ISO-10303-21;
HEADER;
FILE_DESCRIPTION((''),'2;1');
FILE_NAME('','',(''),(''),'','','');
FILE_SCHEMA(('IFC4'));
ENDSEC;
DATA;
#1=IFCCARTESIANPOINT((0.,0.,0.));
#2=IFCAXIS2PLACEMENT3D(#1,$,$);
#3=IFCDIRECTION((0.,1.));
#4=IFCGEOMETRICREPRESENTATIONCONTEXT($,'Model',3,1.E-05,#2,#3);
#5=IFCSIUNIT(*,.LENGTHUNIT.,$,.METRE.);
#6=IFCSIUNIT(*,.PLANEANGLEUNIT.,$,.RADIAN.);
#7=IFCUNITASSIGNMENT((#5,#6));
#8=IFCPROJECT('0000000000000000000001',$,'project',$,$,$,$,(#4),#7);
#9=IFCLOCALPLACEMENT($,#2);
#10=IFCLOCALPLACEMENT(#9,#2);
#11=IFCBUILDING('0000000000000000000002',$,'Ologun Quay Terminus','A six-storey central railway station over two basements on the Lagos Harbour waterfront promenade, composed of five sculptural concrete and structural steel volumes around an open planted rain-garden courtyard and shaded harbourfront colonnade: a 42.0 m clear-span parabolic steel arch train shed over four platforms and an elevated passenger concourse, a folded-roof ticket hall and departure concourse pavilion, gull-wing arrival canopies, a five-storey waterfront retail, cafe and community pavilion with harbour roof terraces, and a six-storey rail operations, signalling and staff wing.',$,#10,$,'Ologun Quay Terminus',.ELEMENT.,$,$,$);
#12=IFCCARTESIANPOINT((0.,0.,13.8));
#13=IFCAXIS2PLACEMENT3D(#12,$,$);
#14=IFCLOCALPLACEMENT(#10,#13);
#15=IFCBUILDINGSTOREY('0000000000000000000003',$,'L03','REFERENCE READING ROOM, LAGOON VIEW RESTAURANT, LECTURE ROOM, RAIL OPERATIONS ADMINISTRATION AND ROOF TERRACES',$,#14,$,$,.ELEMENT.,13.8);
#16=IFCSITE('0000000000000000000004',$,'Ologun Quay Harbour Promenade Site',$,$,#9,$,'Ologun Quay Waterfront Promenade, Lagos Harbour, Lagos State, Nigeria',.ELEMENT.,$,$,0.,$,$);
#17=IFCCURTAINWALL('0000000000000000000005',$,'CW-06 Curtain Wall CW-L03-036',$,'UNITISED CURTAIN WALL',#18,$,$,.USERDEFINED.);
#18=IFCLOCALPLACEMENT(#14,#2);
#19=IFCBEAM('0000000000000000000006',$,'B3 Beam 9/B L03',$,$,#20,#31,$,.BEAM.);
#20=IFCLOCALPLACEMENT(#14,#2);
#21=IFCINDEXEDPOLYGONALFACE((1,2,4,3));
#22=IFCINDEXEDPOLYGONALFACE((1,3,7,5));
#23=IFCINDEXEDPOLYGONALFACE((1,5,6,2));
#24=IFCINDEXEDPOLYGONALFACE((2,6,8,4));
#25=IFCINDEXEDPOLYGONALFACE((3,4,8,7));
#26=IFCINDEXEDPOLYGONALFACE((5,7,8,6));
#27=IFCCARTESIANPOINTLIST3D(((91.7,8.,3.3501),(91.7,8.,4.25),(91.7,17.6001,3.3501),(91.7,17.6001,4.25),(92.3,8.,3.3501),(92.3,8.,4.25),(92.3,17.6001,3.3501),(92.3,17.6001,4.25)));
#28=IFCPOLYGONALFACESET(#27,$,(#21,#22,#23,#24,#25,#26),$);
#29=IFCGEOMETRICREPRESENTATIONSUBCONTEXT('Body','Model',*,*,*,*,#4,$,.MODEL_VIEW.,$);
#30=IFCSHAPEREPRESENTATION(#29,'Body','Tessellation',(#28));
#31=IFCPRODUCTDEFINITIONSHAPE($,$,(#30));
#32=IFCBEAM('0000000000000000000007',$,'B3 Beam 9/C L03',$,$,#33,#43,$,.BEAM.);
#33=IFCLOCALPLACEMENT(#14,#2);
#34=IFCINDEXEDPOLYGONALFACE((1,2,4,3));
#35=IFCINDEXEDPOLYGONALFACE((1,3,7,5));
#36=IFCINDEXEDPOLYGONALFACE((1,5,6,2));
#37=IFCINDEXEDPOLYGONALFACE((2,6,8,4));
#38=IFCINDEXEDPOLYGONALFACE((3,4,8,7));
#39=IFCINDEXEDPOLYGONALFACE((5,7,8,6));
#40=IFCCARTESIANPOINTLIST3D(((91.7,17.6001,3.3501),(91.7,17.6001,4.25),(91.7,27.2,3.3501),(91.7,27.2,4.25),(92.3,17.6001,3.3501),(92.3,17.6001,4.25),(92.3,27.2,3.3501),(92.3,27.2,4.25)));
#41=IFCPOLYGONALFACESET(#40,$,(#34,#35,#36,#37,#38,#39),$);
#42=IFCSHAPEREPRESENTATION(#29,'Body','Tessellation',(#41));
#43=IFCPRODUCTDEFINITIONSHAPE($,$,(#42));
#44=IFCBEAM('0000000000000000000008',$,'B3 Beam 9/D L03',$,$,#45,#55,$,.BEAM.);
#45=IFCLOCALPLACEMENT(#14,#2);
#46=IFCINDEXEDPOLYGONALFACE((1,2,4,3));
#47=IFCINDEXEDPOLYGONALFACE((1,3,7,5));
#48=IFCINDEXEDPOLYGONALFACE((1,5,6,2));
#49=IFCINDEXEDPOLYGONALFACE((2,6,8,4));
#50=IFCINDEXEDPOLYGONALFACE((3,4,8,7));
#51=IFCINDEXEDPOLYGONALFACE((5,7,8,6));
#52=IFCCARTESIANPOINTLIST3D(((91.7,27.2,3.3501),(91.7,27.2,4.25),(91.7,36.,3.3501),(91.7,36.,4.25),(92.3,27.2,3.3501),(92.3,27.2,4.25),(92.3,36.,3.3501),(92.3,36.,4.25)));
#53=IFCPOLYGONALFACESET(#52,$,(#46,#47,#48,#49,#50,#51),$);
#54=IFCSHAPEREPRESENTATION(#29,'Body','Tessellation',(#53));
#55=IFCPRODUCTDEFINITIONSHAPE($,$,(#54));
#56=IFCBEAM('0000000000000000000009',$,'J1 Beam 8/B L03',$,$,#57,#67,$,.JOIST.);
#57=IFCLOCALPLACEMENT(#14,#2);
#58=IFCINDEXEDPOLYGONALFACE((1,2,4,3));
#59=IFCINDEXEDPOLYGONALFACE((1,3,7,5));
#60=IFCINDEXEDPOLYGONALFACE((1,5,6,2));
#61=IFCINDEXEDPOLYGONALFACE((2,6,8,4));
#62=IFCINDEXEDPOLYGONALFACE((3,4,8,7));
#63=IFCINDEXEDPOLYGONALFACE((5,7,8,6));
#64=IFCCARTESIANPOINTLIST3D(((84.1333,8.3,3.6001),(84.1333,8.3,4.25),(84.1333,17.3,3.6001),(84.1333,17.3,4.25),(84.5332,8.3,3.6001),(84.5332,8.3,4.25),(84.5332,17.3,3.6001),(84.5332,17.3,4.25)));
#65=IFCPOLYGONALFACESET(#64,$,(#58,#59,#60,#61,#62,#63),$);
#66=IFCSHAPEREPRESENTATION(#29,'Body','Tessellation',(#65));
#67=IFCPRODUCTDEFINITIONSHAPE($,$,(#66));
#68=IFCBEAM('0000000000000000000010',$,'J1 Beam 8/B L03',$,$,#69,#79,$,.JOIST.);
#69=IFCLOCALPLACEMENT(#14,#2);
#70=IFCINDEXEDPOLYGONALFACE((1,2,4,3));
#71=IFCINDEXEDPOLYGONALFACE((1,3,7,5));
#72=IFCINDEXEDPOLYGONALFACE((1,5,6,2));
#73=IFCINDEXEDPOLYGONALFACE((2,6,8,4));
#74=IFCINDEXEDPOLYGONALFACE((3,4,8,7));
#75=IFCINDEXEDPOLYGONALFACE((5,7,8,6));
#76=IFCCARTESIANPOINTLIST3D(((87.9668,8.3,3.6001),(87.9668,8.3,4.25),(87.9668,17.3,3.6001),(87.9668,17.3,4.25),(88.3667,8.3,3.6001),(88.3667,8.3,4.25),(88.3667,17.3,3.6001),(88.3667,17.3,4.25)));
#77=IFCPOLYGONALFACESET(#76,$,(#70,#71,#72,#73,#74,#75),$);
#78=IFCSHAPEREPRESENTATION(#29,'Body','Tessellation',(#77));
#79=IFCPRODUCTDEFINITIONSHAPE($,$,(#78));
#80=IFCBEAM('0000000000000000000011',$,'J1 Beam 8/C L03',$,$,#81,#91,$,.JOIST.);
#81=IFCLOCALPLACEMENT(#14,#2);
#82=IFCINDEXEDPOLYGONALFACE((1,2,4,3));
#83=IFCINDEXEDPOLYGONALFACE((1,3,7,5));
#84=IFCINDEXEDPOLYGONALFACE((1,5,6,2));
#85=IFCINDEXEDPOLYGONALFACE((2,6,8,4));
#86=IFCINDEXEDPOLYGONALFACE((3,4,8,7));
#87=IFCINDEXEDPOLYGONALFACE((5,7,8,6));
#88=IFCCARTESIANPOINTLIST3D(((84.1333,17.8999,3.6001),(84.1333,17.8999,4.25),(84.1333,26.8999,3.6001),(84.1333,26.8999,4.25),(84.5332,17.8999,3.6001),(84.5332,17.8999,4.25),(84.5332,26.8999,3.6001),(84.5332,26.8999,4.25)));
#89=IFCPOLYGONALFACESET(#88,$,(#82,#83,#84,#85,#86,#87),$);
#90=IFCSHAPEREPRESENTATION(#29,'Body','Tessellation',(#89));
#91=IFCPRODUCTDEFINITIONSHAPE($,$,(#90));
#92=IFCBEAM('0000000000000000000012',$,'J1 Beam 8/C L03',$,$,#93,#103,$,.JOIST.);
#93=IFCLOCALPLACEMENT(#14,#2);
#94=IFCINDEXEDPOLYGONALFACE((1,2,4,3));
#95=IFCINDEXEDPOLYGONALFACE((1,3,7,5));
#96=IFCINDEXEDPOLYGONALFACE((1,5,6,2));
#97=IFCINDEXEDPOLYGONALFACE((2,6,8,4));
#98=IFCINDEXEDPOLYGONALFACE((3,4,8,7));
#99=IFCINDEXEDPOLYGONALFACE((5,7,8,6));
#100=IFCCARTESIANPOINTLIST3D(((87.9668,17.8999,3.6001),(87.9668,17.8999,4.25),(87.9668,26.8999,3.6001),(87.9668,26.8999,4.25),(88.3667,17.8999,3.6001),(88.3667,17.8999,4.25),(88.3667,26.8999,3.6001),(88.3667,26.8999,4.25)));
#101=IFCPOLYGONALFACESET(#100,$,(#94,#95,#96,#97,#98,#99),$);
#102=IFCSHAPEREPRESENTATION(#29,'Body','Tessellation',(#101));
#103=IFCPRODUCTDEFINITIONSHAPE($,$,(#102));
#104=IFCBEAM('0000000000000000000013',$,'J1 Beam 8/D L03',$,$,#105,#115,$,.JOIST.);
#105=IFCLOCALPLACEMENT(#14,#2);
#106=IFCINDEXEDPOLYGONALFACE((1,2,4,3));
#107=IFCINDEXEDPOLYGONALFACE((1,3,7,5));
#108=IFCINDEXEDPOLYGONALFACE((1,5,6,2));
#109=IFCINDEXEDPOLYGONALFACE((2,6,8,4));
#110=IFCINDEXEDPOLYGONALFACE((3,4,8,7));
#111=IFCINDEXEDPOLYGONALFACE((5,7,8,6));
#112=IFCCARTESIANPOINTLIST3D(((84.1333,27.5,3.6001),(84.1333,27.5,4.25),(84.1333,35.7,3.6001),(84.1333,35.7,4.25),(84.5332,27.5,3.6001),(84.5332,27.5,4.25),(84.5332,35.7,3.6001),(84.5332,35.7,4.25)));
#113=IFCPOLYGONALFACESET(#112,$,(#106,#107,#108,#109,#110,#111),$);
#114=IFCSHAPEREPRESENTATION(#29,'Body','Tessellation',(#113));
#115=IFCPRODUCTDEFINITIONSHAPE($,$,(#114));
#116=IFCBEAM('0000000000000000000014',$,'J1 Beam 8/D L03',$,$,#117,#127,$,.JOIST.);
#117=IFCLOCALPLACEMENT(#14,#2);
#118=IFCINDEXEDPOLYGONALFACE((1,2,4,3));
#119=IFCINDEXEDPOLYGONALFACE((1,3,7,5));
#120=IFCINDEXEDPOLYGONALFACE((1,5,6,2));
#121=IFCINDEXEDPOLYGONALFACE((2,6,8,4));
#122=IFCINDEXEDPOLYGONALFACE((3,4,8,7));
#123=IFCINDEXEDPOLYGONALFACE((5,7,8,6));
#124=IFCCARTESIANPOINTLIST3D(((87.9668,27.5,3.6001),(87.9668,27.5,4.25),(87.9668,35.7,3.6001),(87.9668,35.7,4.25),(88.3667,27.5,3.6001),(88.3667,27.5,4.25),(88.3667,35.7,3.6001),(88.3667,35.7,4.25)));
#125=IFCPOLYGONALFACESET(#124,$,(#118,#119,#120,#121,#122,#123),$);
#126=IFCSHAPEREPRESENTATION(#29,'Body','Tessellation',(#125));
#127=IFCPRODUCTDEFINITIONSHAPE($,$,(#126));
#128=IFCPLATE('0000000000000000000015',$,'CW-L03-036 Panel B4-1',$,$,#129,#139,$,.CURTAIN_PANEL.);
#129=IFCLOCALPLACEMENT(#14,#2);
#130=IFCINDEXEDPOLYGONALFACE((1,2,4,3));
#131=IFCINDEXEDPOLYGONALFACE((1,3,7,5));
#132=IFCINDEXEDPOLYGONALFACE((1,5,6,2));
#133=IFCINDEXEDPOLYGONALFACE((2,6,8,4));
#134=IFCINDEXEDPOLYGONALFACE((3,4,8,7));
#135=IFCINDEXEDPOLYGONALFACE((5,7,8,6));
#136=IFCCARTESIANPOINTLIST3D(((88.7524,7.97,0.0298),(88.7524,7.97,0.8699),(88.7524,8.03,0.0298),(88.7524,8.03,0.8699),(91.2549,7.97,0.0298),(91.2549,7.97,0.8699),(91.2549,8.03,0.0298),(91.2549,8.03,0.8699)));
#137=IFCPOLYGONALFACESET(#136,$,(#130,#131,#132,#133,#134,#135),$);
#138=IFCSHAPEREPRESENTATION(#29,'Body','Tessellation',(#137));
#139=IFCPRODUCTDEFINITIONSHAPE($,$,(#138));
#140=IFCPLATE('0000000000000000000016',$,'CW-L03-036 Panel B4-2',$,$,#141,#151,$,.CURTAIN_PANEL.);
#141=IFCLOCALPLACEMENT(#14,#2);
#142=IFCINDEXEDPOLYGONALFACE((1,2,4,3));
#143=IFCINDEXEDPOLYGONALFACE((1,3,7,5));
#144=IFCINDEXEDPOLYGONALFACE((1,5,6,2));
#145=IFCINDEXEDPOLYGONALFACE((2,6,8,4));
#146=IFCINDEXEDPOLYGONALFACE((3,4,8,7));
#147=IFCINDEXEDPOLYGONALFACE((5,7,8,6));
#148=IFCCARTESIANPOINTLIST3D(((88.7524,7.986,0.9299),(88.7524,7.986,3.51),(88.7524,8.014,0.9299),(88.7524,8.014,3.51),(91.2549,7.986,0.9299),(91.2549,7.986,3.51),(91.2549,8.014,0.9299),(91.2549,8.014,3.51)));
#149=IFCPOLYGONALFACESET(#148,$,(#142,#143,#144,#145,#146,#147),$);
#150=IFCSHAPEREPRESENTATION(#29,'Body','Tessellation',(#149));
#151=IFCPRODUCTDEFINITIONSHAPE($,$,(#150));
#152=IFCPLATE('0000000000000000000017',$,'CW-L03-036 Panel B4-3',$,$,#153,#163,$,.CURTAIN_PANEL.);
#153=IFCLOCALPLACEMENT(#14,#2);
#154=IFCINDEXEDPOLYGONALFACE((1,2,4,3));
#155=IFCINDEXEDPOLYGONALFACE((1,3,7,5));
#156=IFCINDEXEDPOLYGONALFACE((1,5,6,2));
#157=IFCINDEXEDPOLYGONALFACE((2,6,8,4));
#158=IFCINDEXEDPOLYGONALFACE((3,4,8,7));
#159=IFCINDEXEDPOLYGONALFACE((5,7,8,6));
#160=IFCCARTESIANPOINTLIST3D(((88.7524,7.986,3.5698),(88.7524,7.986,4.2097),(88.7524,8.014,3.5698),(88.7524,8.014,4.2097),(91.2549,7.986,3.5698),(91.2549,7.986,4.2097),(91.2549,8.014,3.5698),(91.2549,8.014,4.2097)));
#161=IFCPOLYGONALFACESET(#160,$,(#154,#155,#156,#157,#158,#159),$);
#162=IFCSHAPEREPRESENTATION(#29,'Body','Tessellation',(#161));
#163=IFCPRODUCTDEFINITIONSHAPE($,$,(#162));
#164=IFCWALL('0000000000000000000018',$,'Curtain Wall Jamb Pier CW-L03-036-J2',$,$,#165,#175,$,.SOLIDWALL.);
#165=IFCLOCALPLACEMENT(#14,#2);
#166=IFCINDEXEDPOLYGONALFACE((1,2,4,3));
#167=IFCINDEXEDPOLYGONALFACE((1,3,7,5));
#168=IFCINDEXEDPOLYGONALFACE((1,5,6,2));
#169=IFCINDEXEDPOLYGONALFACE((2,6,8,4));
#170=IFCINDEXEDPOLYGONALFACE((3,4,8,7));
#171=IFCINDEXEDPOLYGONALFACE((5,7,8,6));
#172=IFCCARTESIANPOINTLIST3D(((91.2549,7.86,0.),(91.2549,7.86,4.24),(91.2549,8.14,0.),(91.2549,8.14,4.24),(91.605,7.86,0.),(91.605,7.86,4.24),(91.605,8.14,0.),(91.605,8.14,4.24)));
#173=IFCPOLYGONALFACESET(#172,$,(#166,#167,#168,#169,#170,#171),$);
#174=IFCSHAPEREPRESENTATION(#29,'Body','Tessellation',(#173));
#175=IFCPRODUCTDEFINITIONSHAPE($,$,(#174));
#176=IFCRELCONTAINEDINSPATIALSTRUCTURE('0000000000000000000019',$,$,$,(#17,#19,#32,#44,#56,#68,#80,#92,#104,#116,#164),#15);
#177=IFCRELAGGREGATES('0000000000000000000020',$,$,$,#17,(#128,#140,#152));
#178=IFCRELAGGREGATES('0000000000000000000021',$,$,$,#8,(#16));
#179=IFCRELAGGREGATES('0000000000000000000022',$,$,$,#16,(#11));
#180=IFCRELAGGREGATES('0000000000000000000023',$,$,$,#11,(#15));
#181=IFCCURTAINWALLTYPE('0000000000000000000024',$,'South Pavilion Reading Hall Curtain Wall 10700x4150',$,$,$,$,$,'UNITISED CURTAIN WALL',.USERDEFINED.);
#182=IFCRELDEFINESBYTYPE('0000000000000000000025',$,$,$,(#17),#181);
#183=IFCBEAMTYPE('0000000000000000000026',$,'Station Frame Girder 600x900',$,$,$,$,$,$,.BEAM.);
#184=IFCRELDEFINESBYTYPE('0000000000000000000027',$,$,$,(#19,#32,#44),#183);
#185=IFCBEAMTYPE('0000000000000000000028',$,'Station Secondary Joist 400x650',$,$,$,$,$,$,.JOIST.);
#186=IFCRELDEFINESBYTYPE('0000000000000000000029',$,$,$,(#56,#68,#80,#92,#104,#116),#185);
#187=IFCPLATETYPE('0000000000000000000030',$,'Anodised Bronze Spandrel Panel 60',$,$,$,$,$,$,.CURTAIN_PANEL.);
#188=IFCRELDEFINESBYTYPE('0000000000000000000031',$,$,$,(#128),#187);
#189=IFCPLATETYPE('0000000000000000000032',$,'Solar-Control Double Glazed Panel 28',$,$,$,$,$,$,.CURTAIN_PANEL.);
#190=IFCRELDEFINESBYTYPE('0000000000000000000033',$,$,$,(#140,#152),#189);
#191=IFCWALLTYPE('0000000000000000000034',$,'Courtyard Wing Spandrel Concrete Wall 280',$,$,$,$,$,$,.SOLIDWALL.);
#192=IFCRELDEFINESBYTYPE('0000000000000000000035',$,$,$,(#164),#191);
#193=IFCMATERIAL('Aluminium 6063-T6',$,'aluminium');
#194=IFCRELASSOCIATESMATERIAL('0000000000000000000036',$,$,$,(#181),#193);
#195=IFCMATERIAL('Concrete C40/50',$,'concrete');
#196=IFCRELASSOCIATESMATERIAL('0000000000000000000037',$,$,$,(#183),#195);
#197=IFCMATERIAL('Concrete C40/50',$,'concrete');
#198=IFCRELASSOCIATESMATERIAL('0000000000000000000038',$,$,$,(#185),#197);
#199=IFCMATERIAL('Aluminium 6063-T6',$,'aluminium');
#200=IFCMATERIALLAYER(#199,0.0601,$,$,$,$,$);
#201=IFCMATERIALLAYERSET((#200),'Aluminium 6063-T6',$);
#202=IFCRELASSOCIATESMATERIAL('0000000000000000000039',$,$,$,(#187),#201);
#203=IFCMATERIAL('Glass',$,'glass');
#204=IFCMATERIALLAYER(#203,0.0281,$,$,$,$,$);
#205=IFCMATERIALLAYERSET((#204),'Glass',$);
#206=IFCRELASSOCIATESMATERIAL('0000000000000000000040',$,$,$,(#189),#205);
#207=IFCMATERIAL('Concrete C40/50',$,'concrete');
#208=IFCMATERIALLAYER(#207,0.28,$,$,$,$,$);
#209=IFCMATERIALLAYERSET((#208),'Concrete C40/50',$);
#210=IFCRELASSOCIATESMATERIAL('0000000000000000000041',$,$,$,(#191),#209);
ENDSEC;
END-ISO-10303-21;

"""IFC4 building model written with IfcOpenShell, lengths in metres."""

from ifc_helpers import new_model, si_unit, direction, frame, frame_2d, origin, origin_2d, place, context, subcontext, project, spatial, rectangle, extrude, material, layer, layer_set, material_profile, profile_set, type_object, element, aggregate, save


model = new_model("IFC4")

# Units and contexts
model_context = context("Model", 3, precision=1e-05, world=origin(), true_north=direction((0.0, 1.0)))
body_context = subcontext(model_context, "Body", "Model", "MODEL_VIEW")
ifc_project = project(units=[si_unit("LENGTHUNIT", "METRE"), si_unit("PLANEANGLEUNIT", "RADIAN")], contexts=[model_context])

# Site, building, storey
site_placement = place(None, origin())
site = spatial("IfcSite", under=ifc_project, at=site_placement, Name="Ologun Quay Harbour Promenade Site", LongName="Ologun Quay Waterfront Promenade, Lagos Harbour, Lagos State, Nigeria", CompositionType="ELEMENT", RefElevation=0.0)
building_placement = place(site_placement, origin())
building = spatial("IfcBuilding", under=site, at=building_placement, Name="Ologun Quay Terminus", Description="A six-storey central railway station over two basements on the Lagos Harbour waterfront promenade, composed of five sculptural concrete and structural steel volumes around an open planted rain-garden courtyard and shaded harbourfront colonnade: a 42.0 m clear-span parabolic steel arch train shed over four platforms and an elevated passenger concourse, a folded-roof ticket hall and departure concourse pavilion, gull-wing arrival canopies, a five-storey waterfront retail, cafe and community pavilion with harbour roof terraces, and a six-storey rail operations, signalling and staff wing.", LongName="Ologun Quay Terminus", CompositionType="ELEMENT")
storey_placement = place(building_placement, frame((0.0, 0.0, 13.8)))
storey = spatial("IfcBuildingStorey", under=building, at=storey_placement, Name="L03", Description="REFERENCE READING ROOM, LAGOON VIEW RESTAURANT, LECTURE ROOM, RAIL OPERATIONS ADMINISTRATION AND ROOF TERRACES", CompositionType="ELEMENT", Elevation=13.8)

# Curtain wall
ifc_material_1 = material(Name="Aluminium 6063-T6", Category="aluminium")
curtain_wall_type = type_object("IfcCurtainWallType", Name="South Pavilion Reading Hall Curtain Wall 10700x4150", ElementType="UNITISED CURTAIN WALL", PredefinedType="USERDEFINED", material=ifc_material_1)
curtain_wall_placement = place(storey_placement, origin())
curtain_wall = element("IfcCurtainWall", 1, at=curtain_wall_placement, inside=storey, type_object=curtain_wall_type, Name="CW-06 Curtain Wall CW-L03-036", ObjectType="UNITISED CURTAIN WALL", PredefinedType="USERDEFINED")

# Beams
ifc_material_2 = material(Name="Concrete C40/50", Category="concrete")
ifc_material_profile_1 = material_profile(ifc_material_2, rectangle(XDim=0.6001, YDim=0.8999, at=origin_2d()), Name="RC 600x900")
ifc_profile_set_1 = profile_set([ifc_material_profile_1], Name="Concrete C40/50")
beam_type_1 = type_object("IfcBeamType", Name="Station Frame Girder 600x900", PredefinedType="BEAM", material=ifc_profile_set_1)
beam_1_placement = place(storey_placement, frame((92.0, 8.0, 3.8), z_axis=(0.0, 1.0, 0.0), x_axis=(-1.0, 0.0, 0.0)))
element("IfcBeam", 2, at=beam_1_placement, inside=storey, type_object=beam_type_1, Name="B3 Beam 9/B L03", PredefinedType="BEAM", context=body_context, shape_type="SweptSolid", body=[
    extrude(rectangle(XDim=0.6001, YDim=0.8999, at=origin_2d()), origin(), (0.0, 0.0, 1.0), 9.6001),
])
beam_2_placement = place(storey_placement, frame((92.0, 17.6001, 3.8), z_axis=(0.0, 1.0, 0.0), x_axis=(-1.0, 0.0, 0.0)))
element("IfcBeam", 3, at=beam_2_placement, inside=storey, type_object=beam_type_1, Name="B3 Beam 9/C L03", PredefinedType="BEAM", context=body_context, shape_type="SweptSolid", body=[
    extrude(rectangle(XDim=0.6001, YDim=0.8999, at=origin_2d()), origin(), (0.0, 0.0, 1.0), 9.5999),
])
beam_3_placement = place(storey_placement, frame((92.0, 27.2, 3.8), z_axis=(0.0, 1.0, 0.0), x_axis=(-1.0, 0.0, 0.0)))
element("IfcBeam", 4, at=beam_3_placement, inside=storey, type_object=beam_type_1, Name="B3 Beam 9/D L03", PredefinedType="BEAM", context=body_context, shape_type="SweptSolid", body=[
    extrude(rectangle(XDim=0.6001, YDim=0.8999, at=origin_2d()), origin(), (0.0, 0.0, 1.0), 8.8),
])
ifc_material_3 = material(Name="Concrete C40/50", Category="concrete")
ifc_material_profile_2 = material_profile(ifc_material_3, rectangle(XDim=0.3999, YDim=0.6499, at=origin_2d()), Name="RC 400x650")
ifc_profile_set_2 = profile_set([ifc_material_profile_2], Name="Concrete C40/50")
beam_type_2 = type_object("IfcBeamType", Name="Station Secondary Joist 400x650", PredefinedType="JOIST", material=ifc_profile_set_2)
for number, where, z_axis, x_axis, name in (
    (5, (84.3333, 8.3, 3.925), (0.0, 1.0, 0.0), (-1.0, 0.0, 0.0), "J1 Beam 8/B L03"),
    (6, (88.1667, 8.3, 3.925), (0.0, 1.0, 0.0), (-1.0, 0.0, 0.0), "J1 Beam 8/B L03"),
    (7, (84.3333, 17.8999, 3.925), (0.0, 1.0, 0.0), (-1.0, 0.0, 0.0), "J1 Beam 8/C L03"),
    (8, (88.1667, 17.8999, 3.925), (0.0, 1.0, 0.0), (-1.0, 0.0, 0.0), "J1 Beam 8/C L03"),
):
    element("IfcBeam", number, at=place(storey_placement, frame(where, z_axis=z_axis, x_axis=x_axis)), inside=storey, type_object=beam_type_2, Name=name, PredefinedType="JOIST", context=body_context, shape_type="SweptSolid", body=[
        extrude(rectangle(XDim=0.3999, YDim=0.6499, at=origin_2d()), origin(), (0.0, 0.0, 1.0), 9.0),
    ])
for number, where, z_axis, x_axis, name in (
    (9, (84.3333, 27.5, 3.925), (0.0, 1.0, 0.0), (-1.0, 0.0, 0.0), "J1 Beam 8/D L03"),
    (10, (88.1667, 27.5, 3.925), (0.0, 1.0, 0.0), (-1.0, 0.0, 0.0), "J1 Beam 8/D L03"),
):
    element("IfcBeam", number, at=place(storey_placement, frame(where, z_axis=z_axis, x_axis=x_axis)), inside=storey, type_object=beam_type_2, Name=name, PredefinedType="JOIST", context=body_context, shape_type="SweptSolid", body=[
        extrude(rectangle(XDim=0.3999, YDim=0.6499, at=origin_2d()), origin(), (0.0, 0.0, 1.0), 8.2),
    ])

# Plates
ifc_material_4 = material(Name="Aluminium 6063-T6", Category="aluminium")
ifc_layer_1 = layer(ifc_material_4, 0.0601)
ifc_layer_set_1 = layer_set([ifc_layer_1], Name="Aluminium 6063-T6")
plate_type_1 = type_object("IfcPlateType", Name="Anodised Bronze Spandrel Panel 60", PredefinedType="CURTAIN_PANEL", material=ifc_layer_set_1)
plate_1_placement = place(storey_placement, frame((90.0037, 8.0, 0.0298), z_axis=(0.0, 0.0, 1.0), x_axis=(1.0, 0.0, 0.0)))
plate_1 = element("IfcPlate", 11, at=plate_1_placement, type_object=plate_type_1, Name="CW-L03-036 Panel B4-1", PredefinedType="CURTAIN_PANEL", context=body_context, shape_type="SweptSolid", body=[
    extrude(rectangle(XDim=2.5024, YDim=0.0601, at=origin_2d()), origin(), (0.0, 0.0, 1.0), 0.8401),
])
ifc_material_5 = material(Name="Glass", Category="glass")
ifc_layer_2 = layer(ifc_material_5, 0.0281)
ifc_layer_set_2 = layer_set([ifc_layer_2], Name="Glass")
plate_type_2 = type_object("IfcPlateType", Name="Solar-Control Double Glazed Panel 28", PredefinedType="CURTAIN_PANEL", material=ifc_layer_set_2)
plate_2_placement = place(storey_placement, frame((90.0037, 8.0, 0.9299), z_axis=(0.0, 0.0, 1.0), x_axis=(1.0, 0.0, 0.0)))
plate_2 = element("IfcPlate", 12, at=plate_2_placement, type_object=plate_type_2, Name="CW-L03-036 Panel B4-2", PredefinedType="CURTAIN_PANEL", context=body_context, shape_type="SweptSolid", body=[
    extrude(rectangle(XDim=2.5024, YDim=0.0281, at=origin_2d()), origin(), (0.0, 0.0, 1.0), 2.5801),
])
plate_3_placement = place(storey_placement, frame((90.0037, 8.0, 3.5698), z_axis=(0.0, 0.0, 1.0), x_axis=(1.0, 0.0, 0.0)))
plate_3 = element("IfcPlate", 13, at=plate_3_placement, type_object=plate_type_2, Name="CW-L03-036 Panel B4-3", PredefinedType="CURTAIN_PANEL", context=body_context, shape_type="SweptSolid", body=[
    extrude(rectangle(XDim=2.5024, YDim=0.0281, at=origin_2d()), origin(), (0.0, 0.0, 1.0), 0.6399),
])
aggregate(curtain_wall, [plate_1, plate_2, plate_3])

# Wall
ifc_material_6 = material(Name="Concrete C40/50", Category="concrete")
ifc_layer_3 = layer(ifc_material_6, 0.28)
ifc_layer_set_3 = layer_set([ifc_layer_3], Name="Concrete C40/50")
wall_type = type_object("IfcWallType", Name="Courtyard Wing Spandrel Concrete Wall 280", PredefinedType="SOLIDWALL", material=ifc_layer_set_3)
wall_placement = place(storey_placement, frame((91.2549, 8.0, 0.0), z_axis=(0.0, 0.0, 1.0), x_axis=(1.0, 0.0, 0.0)))
element("IfcWall", 14, at=wall_placement, inside=storey, type_object=wall_type, Name="Curtain Wall Jamb Pier CW-L03-036-J2", PredefinedType="SOLIDWALL", context=body_context, shape_type="SweptSolid", body=[
    extrude(rectangle(XDim=0.3501, YDim=0.28, at=frame_2d((0.175, 0.0))), origin(), (0.0, 0.0, 1.0), 4.24),
])

save(model, "model.ifc")
